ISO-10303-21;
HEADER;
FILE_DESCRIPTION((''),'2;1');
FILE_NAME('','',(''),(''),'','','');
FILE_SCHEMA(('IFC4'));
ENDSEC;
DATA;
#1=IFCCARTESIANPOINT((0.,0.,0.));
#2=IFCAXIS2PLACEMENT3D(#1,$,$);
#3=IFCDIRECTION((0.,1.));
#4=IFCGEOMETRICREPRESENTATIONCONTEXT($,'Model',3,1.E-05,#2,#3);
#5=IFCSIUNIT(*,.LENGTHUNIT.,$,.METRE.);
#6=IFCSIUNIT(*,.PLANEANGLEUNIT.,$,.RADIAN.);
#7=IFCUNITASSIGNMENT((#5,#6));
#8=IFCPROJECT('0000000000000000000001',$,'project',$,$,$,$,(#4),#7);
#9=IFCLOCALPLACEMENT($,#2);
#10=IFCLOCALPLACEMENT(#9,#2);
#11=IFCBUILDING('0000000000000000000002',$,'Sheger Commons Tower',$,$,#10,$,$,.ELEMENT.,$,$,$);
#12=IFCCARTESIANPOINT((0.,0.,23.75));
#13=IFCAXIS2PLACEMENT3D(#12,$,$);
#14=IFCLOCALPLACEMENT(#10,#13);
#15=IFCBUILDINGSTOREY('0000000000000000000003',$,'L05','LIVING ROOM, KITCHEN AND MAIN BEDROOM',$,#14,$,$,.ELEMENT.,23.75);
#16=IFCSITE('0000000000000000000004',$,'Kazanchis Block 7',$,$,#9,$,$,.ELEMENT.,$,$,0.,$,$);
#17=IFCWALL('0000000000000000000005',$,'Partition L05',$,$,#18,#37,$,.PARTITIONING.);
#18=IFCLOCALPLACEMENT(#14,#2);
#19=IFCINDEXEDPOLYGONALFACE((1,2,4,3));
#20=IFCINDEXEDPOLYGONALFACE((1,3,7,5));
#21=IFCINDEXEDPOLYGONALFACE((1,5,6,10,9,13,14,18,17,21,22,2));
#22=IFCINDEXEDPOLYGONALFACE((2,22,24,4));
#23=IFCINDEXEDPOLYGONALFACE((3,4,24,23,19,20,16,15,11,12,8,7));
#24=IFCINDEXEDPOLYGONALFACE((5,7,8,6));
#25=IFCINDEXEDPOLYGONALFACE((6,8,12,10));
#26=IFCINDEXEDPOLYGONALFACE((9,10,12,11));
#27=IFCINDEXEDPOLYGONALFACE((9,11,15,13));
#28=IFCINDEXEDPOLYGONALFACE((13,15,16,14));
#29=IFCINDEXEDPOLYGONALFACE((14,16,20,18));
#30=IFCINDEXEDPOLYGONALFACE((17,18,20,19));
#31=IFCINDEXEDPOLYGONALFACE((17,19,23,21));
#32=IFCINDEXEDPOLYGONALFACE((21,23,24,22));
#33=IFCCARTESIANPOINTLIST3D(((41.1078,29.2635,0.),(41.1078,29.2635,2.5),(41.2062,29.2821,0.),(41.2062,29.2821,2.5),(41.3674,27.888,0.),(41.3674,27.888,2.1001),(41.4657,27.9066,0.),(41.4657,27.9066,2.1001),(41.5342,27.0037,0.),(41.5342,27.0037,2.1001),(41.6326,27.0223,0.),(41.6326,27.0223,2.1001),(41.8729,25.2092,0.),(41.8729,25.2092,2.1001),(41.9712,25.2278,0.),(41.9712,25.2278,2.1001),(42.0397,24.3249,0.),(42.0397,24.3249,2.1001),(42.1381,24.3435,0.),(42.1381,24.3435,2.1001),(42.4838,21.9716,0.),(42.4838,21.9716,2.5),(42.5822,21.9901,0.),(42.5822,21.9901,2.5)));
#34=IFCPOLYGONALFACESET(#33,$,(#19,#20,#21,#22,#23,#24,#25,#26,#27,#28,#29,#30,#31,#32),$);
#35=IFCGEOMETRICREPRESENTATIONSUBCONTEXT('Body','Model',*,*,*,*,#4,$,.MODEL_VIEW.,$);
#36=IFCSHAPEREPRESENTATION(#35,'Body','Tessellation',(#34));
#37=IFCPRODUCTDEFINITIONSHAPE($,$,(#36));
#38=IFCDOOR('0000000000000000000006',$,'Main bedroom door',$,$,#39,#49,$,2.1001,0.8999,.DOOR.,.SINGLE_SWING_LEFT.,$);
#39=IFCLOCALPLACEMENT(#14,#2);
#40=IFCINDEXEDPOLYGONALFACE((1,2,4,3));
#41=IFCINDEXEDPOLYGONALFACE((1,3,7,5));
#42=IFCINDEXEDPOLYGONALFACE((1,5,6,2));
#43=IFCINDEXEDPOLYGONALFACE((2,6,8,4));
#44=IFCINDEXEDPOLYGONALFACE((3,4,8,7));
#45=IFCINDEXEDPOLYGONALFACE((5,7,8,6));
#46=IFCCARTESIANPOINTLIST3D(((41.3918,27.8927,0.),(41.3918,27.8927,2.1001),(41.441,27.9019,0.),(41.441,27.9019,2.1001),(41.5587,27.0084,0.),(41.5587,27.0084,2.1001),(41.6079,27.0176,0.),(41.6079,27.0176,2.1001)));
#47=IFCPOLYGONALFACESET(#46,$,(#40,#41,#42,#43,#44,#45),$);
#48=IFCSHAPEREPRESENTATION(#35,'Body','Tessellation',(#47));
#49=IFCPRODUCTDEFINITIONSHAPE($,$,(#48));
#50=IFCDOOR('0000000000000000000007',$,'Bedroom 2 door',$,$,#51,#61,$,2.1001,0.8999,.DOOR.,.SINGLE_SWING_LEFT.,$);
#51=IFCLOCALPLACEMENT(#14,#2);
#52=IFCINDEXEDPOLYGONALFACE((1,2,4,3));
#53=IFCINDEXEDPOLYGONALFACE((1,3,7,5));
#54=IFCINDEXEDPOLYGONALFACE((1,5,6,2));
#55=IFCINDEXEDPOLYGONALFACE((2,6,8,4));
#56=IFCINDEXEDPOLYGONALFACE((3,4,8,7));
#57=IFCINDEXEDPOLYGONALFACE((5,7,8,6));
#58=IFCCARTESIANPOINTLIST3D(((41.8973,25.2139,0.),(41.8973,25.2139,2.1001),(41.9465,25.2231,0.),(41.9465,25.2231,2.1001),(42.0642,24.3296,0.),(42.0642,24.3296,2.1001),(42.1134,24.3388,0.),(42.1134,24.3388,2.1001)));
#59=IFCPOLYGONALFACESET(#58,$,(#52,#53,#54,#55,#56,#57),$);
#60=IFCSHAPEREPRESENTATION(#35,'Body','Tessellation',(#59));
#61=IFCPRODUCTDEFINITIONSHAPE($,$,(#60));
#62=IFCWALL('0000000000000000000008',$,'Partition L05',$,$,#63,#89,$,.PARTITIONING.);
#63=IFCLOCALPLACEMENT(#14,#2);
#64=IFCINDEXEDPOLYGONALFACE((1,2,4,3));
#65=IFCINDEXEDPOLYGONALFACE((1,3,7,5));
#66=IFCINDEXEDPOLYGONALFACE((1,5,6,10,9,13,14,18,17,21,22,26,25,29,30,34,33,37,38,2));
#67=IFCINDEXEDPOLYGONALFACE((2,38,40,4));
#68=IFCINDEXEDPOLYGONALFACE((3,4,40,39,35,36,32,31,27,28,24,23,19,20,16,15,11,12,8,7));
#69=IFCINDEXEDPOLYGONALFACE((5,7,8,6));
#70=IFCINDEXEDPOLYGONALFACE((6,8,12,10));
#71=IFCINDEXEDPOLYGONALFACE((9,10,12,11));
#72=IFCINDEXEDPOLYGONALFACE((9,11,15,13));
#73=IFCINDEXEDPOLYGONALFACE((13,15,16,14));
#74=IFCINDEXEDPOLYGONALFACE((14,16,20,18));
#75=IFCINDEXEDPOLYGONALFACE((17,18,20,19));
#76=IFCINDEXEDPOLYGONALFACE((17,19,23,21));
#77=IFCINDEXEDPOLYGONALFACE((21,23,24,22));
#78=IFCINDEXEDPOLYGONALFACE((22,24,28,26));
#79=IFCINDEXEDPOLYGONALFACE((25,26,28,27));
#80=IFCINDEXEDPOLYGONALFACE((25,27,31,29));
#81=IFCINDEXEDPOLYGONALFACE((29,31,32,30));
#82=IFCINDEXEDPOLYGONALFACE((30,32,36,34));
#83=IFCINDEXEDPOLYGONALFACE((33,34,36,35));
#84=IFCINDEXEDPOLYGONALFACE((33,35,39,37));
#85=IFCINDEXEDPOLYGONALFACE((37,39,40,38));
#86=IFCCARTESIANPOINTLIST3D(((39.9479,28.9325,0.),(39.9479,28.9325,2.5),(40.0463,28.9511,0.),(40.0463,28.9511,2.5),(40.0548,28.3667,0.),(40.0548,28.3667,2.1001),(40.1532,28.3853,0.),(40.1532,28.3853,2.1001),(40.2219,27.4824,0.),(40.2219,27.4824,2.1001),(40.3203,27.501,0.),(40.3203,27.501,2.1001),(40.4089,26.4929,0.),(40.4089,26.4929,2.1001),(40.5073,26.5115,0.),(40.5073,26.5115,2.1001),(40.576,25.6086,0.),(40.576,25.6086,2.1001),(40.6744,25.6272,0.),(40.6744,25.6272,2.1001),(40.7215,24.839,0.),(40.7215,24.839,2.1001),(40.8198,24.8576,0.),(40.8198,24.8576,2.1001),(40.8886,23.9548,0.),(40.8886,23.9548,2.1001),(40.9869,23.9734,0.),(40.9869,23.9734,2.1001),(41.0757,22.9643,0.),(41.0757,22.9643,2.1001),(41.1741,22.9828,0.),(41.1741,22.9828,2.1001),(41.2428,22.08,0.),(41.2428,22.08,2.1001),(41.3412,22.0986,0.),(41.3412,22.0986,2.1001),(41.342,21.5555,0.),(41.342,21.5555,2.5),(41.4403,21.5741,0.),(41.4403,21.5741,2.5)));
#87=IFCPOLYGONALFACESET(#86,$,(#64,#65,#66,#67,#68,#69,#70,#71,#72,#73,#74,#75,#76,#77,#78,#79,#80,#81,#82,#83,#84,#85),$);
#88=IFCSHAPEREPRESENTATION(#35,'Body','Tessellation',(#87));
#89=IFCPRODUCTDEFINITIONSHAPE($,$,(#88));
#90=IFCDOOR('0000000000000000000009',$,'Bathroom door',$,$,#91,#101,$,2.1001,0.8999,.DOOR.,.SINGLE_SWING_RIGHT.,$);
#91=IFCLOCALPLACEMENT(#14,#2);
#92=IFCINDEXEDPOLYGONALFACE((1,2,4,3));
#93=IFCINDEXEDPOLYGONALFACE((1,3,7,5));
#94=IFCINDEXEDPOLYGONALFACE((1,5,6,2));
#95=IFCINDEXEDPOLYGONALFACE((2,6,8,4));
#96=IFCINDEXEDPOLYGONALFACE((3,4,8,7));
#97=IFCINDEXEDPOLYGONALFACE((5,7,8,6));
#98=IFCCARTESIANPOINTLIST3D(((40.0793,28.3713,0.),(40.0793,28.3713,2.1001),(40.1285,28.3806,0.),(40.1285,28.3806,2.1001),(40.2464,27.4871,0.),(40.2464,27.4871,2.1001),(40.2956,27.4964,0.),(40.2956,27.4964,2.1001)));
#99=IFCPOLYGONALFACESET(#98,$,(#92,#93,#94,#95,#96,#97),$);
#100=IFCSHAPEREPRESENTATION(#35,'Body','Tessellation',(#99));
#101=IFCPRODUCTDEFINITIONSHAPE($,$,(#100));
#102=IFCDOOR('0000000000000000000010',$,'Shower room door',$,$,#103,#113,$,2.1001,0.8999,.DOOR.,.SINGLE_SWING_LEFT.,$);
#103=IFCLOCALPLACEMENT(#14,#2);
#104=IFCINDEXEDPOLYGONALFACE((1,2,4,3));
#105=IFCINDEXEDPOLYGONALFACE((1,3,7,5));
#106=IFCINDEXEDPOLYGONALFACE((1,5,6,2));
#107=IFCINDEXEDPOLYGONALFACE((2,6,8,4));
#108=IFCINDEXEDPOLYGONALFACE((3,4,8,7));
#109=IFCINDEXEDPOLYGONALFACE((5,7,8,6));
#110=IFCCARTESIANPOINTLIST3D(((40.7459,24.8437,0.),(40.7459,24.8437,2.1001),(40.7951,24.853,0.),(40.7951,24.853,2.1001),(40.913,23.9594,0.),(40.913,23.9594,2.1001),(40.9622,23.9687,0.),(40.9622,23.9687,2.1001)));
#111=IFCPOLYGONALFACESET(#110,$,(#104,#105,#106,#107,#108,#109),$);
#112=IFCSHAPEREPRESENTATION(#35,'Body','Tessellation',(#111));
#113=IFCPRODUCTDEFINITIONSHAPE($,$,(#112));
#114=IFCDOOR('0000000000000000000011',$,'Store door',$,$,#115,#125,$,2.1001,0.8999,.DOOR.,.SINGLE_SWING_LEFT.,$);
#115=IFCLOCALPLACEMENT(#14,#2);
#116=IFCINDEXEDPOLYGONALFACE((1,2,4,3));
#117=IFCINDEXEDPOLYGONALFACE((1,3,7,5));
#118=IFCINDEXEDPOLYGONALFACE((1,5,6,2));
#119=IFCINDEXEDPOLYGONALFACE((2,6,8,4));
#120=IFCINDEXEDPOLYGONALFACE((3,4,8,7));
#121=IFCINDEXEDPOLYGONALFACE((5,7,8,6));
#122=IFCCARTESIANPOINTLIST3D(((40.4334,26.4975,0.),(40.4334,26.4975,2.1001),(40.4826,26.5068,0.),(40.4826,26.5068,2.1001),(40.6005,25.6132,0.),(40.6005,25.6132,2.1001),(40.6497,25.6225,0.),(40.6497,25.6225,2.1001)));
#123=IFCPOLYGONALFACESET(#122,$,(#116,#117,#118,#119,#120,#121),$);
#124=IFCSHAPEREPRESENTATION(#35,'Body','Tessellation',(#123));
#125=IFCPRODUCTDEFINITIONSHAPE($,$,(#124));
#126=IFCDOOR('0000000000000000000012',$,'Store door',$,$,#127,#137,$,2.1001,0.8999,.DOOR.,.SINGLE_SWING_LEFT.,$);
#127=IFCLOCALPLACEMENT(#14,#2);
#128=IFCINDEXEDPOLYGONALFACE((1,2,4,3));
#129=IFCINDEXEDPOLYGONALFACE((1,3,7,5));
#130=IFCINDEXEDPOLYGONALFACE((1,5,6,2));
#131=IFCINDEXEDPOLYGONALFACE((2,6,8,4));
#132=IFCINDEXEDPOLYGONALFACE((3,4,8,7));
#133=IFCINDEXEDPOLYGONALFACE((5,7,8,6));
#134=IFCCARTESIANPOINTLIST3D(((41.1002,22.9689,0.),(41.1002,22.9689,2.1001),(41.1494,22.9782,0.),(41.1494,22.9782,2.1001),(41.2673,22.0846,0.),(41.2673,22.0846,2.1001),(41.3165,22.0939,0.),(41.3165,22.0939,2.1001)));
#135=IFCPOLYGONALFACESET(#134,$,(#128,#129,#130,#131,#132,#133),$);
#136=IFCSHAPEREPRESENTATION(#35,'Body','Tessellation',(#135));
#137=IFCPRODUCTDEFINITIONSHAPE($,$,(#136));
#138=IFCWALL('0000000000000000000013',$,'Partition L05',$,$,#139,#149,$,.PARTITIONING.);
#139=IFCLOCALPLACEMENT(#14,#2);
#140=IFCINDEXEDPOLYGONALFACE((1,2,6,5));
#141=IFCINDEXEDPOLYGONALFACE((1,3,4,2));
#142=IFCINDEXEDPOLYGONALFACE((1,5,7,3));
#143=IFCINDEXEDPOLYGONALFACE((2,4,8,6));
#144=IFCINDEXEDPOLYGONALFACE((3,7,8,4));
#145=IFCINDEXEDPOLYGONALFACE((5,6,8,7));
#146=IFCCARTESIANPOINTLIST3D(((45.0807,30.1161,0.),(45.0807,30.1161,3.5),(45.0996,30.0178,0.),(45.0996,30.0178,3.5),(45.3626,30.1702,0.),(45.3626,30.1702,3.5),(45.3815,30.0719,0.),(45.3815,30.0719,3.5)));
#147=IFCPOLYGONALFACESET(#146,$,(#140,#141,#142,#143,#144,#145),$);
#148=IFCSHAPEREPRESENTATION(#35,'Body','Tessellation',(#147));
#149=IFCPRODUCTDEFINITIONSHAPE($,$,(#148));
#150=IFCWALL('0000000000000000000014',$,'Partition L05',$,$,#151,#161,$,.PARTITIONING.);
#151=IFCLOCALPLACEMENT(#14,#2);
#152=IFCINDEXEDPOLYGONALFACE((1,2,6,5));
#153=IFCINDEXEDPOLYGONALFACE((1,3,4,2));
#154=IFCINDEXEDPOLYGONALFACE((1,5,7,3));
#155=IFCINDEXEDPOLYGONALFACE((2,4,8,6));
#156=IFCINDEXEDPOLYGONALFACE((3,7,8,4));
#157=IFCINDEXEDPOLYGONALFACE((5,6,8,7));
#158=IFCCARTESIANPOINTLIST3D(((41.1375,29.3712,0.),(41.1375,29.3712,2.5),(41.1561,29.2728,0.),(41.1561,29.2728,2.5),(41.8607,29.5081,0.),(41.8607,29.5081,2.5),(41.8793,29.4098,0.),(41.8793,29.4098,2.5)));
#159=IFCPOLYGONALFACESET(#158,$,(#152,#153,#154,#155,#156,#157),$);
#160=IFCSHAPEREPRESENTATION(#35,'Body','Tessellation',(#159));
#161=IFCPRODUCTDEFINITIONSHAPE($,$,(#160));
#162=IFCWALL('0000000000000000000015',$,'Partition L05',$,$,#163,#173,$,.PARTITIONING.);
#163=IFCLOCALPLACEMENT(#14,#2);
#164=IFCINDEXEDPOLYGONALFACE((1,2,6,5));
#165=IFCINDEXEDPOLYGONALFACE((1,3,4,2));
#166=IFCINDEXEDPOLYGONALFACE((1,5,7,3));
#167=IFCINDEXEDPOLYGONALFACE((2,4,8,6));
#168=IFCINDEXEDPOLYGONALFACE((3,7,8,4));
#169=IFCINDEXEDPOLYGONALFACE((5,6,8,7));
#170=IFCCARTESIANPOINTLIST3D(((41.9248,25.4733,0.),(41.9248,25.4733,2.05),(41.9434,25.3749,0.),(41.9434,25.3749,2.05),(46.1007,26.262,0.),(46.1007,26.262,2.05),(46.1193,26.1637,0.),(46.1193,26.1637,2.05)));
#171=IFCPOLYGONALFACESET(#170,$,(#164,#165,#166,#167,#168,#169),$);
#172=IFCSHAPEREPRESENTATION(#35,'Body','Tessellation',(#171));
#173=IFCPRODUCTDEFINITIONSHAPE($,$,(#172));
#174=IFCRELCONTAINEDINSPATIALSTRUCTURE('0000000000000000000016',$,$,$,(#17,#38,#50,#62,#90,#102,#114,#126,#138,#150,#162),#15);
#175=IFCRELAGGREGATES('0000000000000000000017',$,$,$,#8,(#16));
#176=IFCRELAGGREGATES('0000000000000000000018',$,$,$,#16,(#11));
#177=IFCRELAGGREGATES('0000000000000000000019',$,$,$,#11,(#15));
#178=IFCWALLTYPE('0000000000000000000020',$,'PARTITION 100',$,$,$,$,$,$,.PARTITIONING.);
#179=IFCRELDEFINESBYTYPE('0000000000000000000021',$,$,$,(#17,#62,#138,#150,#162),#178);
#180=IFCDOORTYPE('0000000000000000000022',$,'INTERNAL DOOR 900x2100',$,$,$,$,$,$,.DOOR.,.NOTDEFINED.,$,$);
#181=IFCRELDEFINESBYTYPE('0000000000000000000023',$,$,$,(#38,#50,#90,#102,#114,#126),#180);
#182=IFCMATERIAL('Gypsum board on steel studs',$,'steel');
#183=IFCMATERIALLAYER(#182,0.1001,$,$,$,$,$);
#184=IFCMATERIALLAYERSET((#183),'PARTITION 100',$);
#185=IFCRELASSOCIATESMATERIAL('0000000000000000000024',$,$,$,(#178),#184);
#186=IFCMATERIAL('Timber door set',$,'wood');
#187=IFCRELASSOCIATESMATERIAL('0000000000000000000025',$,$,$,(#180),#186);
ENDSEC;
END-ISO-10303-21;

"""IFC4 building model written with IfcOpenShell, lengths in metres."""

from ifc_helpers import new_model, si_unit, direction, frame, frame_2d, origin, place, context, subcontext, project, spatial, rectangle, extrude, material, layer, layer_set, type_object, element, fill, save


model = new_model("IFC4")

# Units and contexts
model_context = context("Model", 3, precision=1e-05, world=origin(), true_north=direction((0.0, 1.0)))
body_context = subcontext(model_context, "Body", "Model", "MODEL_VIEW")
ifc_project = project(units=[si_unit("LENGTHUNIT", "METRE"), si_unit("PLANEANGLEUNIT", "RADIAN")], contexts=[model_context])

# Site, building, storey
site_placement = place(None, origin())
site = spatial("IfcSite", under=ifc_project, at=site_placement, Name="Kazanchis Block 7", CompositionType="ELEMENT", RefElevation=0.0)
building_placement = place(site_placement, origin())
building = spatial("IfcBuilding", under=site, at=building_placement, Name="Sheger Commons Tower", CompositionType="ELEMENT")
storey_placement = place(building_placement, frame((0.0, 0.0, 23.75)))
storey = spatial("IfcBuildingStorey", under=building, at=storey_placement, Name="L05", Description="LIVING ROOM, KITCHEN AND MAIN BEDROOM", CompositionType="ELEMENT", Elevation=23.75)

# Walls, openings, doors
ifc_material_1 = material(Name="Gypsum board on steel studs", Category="steel")
ifc_layer_1 = layer(ifc_material_1, 0.1001)
ifc_layer_set_1 = layer_set([ifc_layer_1], Name="PARTITION 100")
wall_type_1 = type_object("IfcWallType", Name="PARTITION 100", PredefinedType="PARTITIONING", material=ifc_layer_set_1)
wall_1_placement = place(storey_placement, frame((41.157, 29.2729, 0.0), z_axis=(0.0, 0.0, 1.0), x_axis=(0.185425, -0.982658, 0.0)))
wall_1 = element("IfcWall", 1, at=wall_1_placement, inside=storey, type_object=wall_type_1, Name="Partition L05", PredefinedType="PARTITIONING", context=body_context, shape_type="SweptSolid", body=[
    extrude(rectangle(XDim=7.4207, YDim=0.1001, at=frame_2d((3.7104, 0.0))), origin(), (0.0, 0.0, 1.0), 2.5),
])
opening_1_placement = place(wall_1_placement, frame((1.3999, 0.0, 0.0)))
opening_1 = element("IfcOpeningElement", 2, at=opening_1_placement, cuts=wall_1, PredefinedType="OPENING", context=body_context, shape_type="SweptSolid", body=[
    extrude(rectangle(XDim=0.8999, YDim=2.1001, at=frame_2d((0.45, 1.05))), frame((0.0, 0.0601, 0.0), z_axis=(0.0, -1.0, 0.0), x_axis=(1.0, 0.0, 0.0)), (0.0, 0.0, 1.0), 0.1201),
])
opening_2_placement = place(wall_1_placement, frame((4.126, 0.0, 0.0)))
opening_2 = element("IfcOpeningElement", 3, at=opening_2_placement, cuts=wall_1, PredefinedType="OPENING", context=body_context, shape_type="SweptSolid", body=[
    extrude(rectangle(XDim=0.8999, YDim=2.1001, at=frame_2d((0.45, 1.05))), frame((0.0, 0.0601, 0.0), z_axis=(0.0, -1.0, 0.0), x_axis=(1.0, 0.0, 0.0)), (0.0, 0.0, 1.0), 0.1201),
])
ifc_material_2 = material(Name="Timber door set", Category="wood")
door_type = type_object("IfcDoorType", Name="INTERNAL DOOR 900x2100", OperationType="NOTDEFINED", PredefinedType="DOOR", material=ifc_material_2)
door_1_placement = place(opening_1_placement, origin())
door_1 = element("IfcDoor", 4, at=door_1_placement, inside=storey, type_object=door_type, Name="Main bedroom door", OperationType="SINGLE_SWING_LEFT", OverallHeight=2.1001, OverallWidth=0.8999, PredefinedType="DOOR", context=body_context, shape_type="SweptSolid", body=[
    extrude(rectangle(XDim=0.8999, YDim=2.1001, at=frame_2d((0.45, 1.05))), frame((0.0, 0.0249, 0.0), z_axis=(0.0, -1.0, 0.0), x_axis=(1.0, 0.0, 0.0)), (0.0, 0.0, 1.0), 0.05),
])
fill(opening_1, door_1)
door_2_placement = place(opening_2_placement, origin())
door_2 = element("IfcDoor", 5, at=door_2_placement, inside=storey, type_object=door_type, Name="Bedroom 2 door", OperationType="SINGLE_SWING_LEFT", OverallHeight=2.1001, OverallWidth=0.8999, PredefinedType="DOOR", context=body_context, shape_type="SweptSolid", body=[
    extrude(rectangle(XDim=0.8999, YDim=2.1001, at=frame_2d((0.45, 1.05))), frame((0.0, 0.0249, 0.0), z_axis=(0.0, -1.0, 0.0), x_axis=(1.0, 0.0, 0.0)), (0.0, 0.0, 1.0), 0.05),
])
fill(opening_2, door_2)
wall_2_placement = place(storey_placement, frame((39.9971, 28.9419, 0.0), z_axis=(0.0, 0.0, 1.0), x_axis=(0.185686, -0.982609, 0.0)))
wall_2 = element("IfcWall", 6, at=wall_2_placement, inside=storey, type_object=wall_type_1, Name="Partition L05", PredefinedType="PARTITIONING", context=body_context, shape_type="SweptSolid", body=[
    extrude(rectangle(XDim=7.5076, YDim=0.1001, at=frame_2d((3.7539, 0.0))), origin(), (0.0, 0.0, 1.0), 2.5),
])
opening_3_placement = place(wall_2_placement, frame((0.5759, 0.0, 0.0)))
opening_3 = element("IfcOpeningElement", 7, at=opening_3_placement, cuts=wall_2, PredefinedType="OPENING", context=body_context, shape_type="SweptSolid", body=[
    extrude(rectangle(XDim=0.8999, YDim=2.1001, at=frame_2d((0.45, 1.05))), frame((0.0, 0.0601, 0.0), z_axis=(0.0, -1.0, 0.0), x_axis=(1.0, 0.0, 0.0)), (0.0, 0.0, 1.0), 0.1201),
])
opening_4_placement = place(wall_2_placement, frame((4.166, 0.0, 0.0)))
opening_4 = element("IfcOpeningElement", 8, at=opening_4_placement, cuts=wall_2, PredefinedType="OPENING", context=body_context, shape_type="SweptSolid", body=[
    extrude(rectangle(XDim=0.8999, YDim=2.1001, at=frame_2d((0.45, 1.05))), frame((0.0, 0.0601, 0.0), z_axis=(0.0, -1.0, 0.0), x_axis=(1.0, 0.0, 0.0)), (0.0, 0.0, 1.0), 0.1201),
])
opening_5_placement = place(wall_2_placement, frame((2.4829, 0.0, 0.0)))
opening_5 = element("IfcOpeningElement", 9, at=opening_5_placement, cuts=wall_2, PredefinedType="OPENING", context=body_context, shape_type="SweptSolid", body=[
    extrude(rectangle(XDim=0.8999, YDim=2.1001, at=frame_2d((0.45, 1.05))), frame((0.0, 0.0601, 0.0), z_axis=(0.0, -1.0, 0.0), x_axis=(1.0, 0.0, 0.0)), (0.0, 0.0, 1.0), 0.1201),
])
opening_6_placement = place(wall_2_placement, frame((6.074, 0.0, 0.0)))
opening_6 = element("IfcOpeningElement", 10, at=opening_6_placement, cuts=wall_2, PredefinedType="OPENING", context=body_context, shape_type="SweptSolid", body=[
    extrude(rectangle(XDim=0.8999, YDim=2.1001, at=frame_2d((0.45, 1.05))), frame((0.0, 0.0601, 0.0), z_axis=(0.0, -1.0, 0.0), x_axis=(1.0, 0.0, 0.0)), (0.0, 0.0, 1.0), 0.1201),
])
door_3_placement = place(opening_3_placement, origin())
door_3 = element("IfcDoor", 11, at=door_3_placement, inside=storey, type_object=door_type, Name="Bathroom door", OperationType="SINGLE_SWING_RIGHT", OverallHeight=2.1001, OverallWidth=0.8999, PredefinedType="DOOR", context=body_context, shape_type="SweptSolid", body=[
    extrude(rectangle(XDim=0.8999, YDim=2.1001, at=frame_2d((0.45, 1.05))), frame((0.0, 0.0249, 0.0), z_axis=(0.0, -1.0, 0.0), x_axis=(1.0, 0.0, 0.0)), (0.0, 0.0, 1.0), 0.05),
])
fill(opening_3, door_3)
door_4_placement = place(opening_4_placement, origin())
door_4 = element("IfcDoor", 12, at=door_4_placement, inside=storey, type_object=door_type, Name="Shower room door", OperationType="SINGLE_SWING_LEFT", OverallHeight=2.1001, OverallWidth=0.8999, PredefinedType="DOOR", context=body_context, shape_type="SweptSolid", body=[
    extrude(rectangle(XDim=0.8999, YDim=2.1001, at=frame_2d((0.45, 1.05))), frame((0.0, 0.0249, 0.0), z_axis=(0.0, -1.0, 0.0), x_axis=(1.0, 0.0, 0.0)), (0.0, 0.0, 1.0), 0.05),
])
fill(opening_4, door_4)
door_5_placement = place(opening_5_placement, origin())
door_5 = element("IfcDoor", 13, at=door_5_placement, inside=storey, type_object=door_type, Name="Store door", OperationType="SINGLE_SWING_LEFT", OverallHeight=2.1001, OverallWidth=0.8999, PredefinedType="DOOR", context=body_context, shape_type="SweptSolid", body=[
    extrude(rectangle(XDim=0.8999, YDim=2.1001, at=frame_2d((0.45, 1.05))), frame((0.0, 0.0249, 0.0), z_axis=(0.0, -1.0, 0.0), x_axis=(1.0, 0.0, 0.0)), (0.0, 0.0, 1.0), 0.05),
])
fill(opening_5, door_5)
door_6_placement = place(opening_6_placement, origin())
door_6 = element("IfcDoor", 14, at=door_6_placement, inside=storey, type_object=door_type, Name="Store door", OperationType="SINGLE_SWING_LEFT", OverallHeight=2.1001, OverallWidth=0.8999, PredefinedType="DOOR", context=body_context, shape_type="SweptSolid", body=[
    extrude(rectangle(XDim=0.8999, YDim=2.1001, at=frame_2d((0.45, 1.05))), frame((0.0, 0.0249, 0.0), z_axis=(0.0, -1.0, 0.0), x_axis=(1.0, 0.0, 0.0)), (0.0, 0.0, 1.0), 0.05),
])
fill(opening_6, door_6)

# Walls
wall_3_placement = place(storey_placement, frame((45.3721, 30.1211, 0.0), z_axis=(0.0, 0.0, 1.0), x_axis=(-0.982025, -0.188753, 0.0)))
element("IfcWall", 15, at=wall_3_placement, inside=storey, type_object=wall_type_1, Name="Partition L05", PredefinedType="PARTITIONING", context=body_context, shape_type="SweptSolid", body=[
    extrude(rectangle(XDim=0.2871, YDim=0.1001, at=frame_2d((0.1436, 0.0))), origin(), (0.0, 0.0, 1.0), 3.5),
])
wall_4_placement = place(storey_placement, frame((41.8701, 29.459, 0.0), z_axis=(0.0, 0.0, 1.0), x_axis=(-0.982533, -0.186091, 0.0)))
element("IfcWall", 16, at=wall_4_placement, inside=storey, type_object=wall_type_1, Name="Partition L05", PredefinedType="PARTITIONING", context=body_context, shape_type="SweptSolid", body=[
    extrude(rectangle(XDim=0.7361, YDim=0.1001, at=frame_2d((0.3682, 0.0))), origin(), (0.0, 0.0, 1.0), 2.5),
])
wall_5_placement = place(storey_placement, frame((46.1101, 26.2129, 0.0), z_axis=(0.0, 0.0, 1.0), x_axis=(-0.982624, -0.18561, 0.0)))
element("IfcWall", 17, at=wall_5_placement, inside=storey, type_object=wall_type_1, Name="Partition L05", PredefinedType="PARTITIONING", context=body_context, shape_type="SweptSolid", body=[
    extrude(rectangle(XDim=4.2498, YDim=0.1001, at=frame_2d((2.125, 0.0))), origin(), (0.0, 0.0, 1.0), 2.05),
])

save(model, "model.ifc")
